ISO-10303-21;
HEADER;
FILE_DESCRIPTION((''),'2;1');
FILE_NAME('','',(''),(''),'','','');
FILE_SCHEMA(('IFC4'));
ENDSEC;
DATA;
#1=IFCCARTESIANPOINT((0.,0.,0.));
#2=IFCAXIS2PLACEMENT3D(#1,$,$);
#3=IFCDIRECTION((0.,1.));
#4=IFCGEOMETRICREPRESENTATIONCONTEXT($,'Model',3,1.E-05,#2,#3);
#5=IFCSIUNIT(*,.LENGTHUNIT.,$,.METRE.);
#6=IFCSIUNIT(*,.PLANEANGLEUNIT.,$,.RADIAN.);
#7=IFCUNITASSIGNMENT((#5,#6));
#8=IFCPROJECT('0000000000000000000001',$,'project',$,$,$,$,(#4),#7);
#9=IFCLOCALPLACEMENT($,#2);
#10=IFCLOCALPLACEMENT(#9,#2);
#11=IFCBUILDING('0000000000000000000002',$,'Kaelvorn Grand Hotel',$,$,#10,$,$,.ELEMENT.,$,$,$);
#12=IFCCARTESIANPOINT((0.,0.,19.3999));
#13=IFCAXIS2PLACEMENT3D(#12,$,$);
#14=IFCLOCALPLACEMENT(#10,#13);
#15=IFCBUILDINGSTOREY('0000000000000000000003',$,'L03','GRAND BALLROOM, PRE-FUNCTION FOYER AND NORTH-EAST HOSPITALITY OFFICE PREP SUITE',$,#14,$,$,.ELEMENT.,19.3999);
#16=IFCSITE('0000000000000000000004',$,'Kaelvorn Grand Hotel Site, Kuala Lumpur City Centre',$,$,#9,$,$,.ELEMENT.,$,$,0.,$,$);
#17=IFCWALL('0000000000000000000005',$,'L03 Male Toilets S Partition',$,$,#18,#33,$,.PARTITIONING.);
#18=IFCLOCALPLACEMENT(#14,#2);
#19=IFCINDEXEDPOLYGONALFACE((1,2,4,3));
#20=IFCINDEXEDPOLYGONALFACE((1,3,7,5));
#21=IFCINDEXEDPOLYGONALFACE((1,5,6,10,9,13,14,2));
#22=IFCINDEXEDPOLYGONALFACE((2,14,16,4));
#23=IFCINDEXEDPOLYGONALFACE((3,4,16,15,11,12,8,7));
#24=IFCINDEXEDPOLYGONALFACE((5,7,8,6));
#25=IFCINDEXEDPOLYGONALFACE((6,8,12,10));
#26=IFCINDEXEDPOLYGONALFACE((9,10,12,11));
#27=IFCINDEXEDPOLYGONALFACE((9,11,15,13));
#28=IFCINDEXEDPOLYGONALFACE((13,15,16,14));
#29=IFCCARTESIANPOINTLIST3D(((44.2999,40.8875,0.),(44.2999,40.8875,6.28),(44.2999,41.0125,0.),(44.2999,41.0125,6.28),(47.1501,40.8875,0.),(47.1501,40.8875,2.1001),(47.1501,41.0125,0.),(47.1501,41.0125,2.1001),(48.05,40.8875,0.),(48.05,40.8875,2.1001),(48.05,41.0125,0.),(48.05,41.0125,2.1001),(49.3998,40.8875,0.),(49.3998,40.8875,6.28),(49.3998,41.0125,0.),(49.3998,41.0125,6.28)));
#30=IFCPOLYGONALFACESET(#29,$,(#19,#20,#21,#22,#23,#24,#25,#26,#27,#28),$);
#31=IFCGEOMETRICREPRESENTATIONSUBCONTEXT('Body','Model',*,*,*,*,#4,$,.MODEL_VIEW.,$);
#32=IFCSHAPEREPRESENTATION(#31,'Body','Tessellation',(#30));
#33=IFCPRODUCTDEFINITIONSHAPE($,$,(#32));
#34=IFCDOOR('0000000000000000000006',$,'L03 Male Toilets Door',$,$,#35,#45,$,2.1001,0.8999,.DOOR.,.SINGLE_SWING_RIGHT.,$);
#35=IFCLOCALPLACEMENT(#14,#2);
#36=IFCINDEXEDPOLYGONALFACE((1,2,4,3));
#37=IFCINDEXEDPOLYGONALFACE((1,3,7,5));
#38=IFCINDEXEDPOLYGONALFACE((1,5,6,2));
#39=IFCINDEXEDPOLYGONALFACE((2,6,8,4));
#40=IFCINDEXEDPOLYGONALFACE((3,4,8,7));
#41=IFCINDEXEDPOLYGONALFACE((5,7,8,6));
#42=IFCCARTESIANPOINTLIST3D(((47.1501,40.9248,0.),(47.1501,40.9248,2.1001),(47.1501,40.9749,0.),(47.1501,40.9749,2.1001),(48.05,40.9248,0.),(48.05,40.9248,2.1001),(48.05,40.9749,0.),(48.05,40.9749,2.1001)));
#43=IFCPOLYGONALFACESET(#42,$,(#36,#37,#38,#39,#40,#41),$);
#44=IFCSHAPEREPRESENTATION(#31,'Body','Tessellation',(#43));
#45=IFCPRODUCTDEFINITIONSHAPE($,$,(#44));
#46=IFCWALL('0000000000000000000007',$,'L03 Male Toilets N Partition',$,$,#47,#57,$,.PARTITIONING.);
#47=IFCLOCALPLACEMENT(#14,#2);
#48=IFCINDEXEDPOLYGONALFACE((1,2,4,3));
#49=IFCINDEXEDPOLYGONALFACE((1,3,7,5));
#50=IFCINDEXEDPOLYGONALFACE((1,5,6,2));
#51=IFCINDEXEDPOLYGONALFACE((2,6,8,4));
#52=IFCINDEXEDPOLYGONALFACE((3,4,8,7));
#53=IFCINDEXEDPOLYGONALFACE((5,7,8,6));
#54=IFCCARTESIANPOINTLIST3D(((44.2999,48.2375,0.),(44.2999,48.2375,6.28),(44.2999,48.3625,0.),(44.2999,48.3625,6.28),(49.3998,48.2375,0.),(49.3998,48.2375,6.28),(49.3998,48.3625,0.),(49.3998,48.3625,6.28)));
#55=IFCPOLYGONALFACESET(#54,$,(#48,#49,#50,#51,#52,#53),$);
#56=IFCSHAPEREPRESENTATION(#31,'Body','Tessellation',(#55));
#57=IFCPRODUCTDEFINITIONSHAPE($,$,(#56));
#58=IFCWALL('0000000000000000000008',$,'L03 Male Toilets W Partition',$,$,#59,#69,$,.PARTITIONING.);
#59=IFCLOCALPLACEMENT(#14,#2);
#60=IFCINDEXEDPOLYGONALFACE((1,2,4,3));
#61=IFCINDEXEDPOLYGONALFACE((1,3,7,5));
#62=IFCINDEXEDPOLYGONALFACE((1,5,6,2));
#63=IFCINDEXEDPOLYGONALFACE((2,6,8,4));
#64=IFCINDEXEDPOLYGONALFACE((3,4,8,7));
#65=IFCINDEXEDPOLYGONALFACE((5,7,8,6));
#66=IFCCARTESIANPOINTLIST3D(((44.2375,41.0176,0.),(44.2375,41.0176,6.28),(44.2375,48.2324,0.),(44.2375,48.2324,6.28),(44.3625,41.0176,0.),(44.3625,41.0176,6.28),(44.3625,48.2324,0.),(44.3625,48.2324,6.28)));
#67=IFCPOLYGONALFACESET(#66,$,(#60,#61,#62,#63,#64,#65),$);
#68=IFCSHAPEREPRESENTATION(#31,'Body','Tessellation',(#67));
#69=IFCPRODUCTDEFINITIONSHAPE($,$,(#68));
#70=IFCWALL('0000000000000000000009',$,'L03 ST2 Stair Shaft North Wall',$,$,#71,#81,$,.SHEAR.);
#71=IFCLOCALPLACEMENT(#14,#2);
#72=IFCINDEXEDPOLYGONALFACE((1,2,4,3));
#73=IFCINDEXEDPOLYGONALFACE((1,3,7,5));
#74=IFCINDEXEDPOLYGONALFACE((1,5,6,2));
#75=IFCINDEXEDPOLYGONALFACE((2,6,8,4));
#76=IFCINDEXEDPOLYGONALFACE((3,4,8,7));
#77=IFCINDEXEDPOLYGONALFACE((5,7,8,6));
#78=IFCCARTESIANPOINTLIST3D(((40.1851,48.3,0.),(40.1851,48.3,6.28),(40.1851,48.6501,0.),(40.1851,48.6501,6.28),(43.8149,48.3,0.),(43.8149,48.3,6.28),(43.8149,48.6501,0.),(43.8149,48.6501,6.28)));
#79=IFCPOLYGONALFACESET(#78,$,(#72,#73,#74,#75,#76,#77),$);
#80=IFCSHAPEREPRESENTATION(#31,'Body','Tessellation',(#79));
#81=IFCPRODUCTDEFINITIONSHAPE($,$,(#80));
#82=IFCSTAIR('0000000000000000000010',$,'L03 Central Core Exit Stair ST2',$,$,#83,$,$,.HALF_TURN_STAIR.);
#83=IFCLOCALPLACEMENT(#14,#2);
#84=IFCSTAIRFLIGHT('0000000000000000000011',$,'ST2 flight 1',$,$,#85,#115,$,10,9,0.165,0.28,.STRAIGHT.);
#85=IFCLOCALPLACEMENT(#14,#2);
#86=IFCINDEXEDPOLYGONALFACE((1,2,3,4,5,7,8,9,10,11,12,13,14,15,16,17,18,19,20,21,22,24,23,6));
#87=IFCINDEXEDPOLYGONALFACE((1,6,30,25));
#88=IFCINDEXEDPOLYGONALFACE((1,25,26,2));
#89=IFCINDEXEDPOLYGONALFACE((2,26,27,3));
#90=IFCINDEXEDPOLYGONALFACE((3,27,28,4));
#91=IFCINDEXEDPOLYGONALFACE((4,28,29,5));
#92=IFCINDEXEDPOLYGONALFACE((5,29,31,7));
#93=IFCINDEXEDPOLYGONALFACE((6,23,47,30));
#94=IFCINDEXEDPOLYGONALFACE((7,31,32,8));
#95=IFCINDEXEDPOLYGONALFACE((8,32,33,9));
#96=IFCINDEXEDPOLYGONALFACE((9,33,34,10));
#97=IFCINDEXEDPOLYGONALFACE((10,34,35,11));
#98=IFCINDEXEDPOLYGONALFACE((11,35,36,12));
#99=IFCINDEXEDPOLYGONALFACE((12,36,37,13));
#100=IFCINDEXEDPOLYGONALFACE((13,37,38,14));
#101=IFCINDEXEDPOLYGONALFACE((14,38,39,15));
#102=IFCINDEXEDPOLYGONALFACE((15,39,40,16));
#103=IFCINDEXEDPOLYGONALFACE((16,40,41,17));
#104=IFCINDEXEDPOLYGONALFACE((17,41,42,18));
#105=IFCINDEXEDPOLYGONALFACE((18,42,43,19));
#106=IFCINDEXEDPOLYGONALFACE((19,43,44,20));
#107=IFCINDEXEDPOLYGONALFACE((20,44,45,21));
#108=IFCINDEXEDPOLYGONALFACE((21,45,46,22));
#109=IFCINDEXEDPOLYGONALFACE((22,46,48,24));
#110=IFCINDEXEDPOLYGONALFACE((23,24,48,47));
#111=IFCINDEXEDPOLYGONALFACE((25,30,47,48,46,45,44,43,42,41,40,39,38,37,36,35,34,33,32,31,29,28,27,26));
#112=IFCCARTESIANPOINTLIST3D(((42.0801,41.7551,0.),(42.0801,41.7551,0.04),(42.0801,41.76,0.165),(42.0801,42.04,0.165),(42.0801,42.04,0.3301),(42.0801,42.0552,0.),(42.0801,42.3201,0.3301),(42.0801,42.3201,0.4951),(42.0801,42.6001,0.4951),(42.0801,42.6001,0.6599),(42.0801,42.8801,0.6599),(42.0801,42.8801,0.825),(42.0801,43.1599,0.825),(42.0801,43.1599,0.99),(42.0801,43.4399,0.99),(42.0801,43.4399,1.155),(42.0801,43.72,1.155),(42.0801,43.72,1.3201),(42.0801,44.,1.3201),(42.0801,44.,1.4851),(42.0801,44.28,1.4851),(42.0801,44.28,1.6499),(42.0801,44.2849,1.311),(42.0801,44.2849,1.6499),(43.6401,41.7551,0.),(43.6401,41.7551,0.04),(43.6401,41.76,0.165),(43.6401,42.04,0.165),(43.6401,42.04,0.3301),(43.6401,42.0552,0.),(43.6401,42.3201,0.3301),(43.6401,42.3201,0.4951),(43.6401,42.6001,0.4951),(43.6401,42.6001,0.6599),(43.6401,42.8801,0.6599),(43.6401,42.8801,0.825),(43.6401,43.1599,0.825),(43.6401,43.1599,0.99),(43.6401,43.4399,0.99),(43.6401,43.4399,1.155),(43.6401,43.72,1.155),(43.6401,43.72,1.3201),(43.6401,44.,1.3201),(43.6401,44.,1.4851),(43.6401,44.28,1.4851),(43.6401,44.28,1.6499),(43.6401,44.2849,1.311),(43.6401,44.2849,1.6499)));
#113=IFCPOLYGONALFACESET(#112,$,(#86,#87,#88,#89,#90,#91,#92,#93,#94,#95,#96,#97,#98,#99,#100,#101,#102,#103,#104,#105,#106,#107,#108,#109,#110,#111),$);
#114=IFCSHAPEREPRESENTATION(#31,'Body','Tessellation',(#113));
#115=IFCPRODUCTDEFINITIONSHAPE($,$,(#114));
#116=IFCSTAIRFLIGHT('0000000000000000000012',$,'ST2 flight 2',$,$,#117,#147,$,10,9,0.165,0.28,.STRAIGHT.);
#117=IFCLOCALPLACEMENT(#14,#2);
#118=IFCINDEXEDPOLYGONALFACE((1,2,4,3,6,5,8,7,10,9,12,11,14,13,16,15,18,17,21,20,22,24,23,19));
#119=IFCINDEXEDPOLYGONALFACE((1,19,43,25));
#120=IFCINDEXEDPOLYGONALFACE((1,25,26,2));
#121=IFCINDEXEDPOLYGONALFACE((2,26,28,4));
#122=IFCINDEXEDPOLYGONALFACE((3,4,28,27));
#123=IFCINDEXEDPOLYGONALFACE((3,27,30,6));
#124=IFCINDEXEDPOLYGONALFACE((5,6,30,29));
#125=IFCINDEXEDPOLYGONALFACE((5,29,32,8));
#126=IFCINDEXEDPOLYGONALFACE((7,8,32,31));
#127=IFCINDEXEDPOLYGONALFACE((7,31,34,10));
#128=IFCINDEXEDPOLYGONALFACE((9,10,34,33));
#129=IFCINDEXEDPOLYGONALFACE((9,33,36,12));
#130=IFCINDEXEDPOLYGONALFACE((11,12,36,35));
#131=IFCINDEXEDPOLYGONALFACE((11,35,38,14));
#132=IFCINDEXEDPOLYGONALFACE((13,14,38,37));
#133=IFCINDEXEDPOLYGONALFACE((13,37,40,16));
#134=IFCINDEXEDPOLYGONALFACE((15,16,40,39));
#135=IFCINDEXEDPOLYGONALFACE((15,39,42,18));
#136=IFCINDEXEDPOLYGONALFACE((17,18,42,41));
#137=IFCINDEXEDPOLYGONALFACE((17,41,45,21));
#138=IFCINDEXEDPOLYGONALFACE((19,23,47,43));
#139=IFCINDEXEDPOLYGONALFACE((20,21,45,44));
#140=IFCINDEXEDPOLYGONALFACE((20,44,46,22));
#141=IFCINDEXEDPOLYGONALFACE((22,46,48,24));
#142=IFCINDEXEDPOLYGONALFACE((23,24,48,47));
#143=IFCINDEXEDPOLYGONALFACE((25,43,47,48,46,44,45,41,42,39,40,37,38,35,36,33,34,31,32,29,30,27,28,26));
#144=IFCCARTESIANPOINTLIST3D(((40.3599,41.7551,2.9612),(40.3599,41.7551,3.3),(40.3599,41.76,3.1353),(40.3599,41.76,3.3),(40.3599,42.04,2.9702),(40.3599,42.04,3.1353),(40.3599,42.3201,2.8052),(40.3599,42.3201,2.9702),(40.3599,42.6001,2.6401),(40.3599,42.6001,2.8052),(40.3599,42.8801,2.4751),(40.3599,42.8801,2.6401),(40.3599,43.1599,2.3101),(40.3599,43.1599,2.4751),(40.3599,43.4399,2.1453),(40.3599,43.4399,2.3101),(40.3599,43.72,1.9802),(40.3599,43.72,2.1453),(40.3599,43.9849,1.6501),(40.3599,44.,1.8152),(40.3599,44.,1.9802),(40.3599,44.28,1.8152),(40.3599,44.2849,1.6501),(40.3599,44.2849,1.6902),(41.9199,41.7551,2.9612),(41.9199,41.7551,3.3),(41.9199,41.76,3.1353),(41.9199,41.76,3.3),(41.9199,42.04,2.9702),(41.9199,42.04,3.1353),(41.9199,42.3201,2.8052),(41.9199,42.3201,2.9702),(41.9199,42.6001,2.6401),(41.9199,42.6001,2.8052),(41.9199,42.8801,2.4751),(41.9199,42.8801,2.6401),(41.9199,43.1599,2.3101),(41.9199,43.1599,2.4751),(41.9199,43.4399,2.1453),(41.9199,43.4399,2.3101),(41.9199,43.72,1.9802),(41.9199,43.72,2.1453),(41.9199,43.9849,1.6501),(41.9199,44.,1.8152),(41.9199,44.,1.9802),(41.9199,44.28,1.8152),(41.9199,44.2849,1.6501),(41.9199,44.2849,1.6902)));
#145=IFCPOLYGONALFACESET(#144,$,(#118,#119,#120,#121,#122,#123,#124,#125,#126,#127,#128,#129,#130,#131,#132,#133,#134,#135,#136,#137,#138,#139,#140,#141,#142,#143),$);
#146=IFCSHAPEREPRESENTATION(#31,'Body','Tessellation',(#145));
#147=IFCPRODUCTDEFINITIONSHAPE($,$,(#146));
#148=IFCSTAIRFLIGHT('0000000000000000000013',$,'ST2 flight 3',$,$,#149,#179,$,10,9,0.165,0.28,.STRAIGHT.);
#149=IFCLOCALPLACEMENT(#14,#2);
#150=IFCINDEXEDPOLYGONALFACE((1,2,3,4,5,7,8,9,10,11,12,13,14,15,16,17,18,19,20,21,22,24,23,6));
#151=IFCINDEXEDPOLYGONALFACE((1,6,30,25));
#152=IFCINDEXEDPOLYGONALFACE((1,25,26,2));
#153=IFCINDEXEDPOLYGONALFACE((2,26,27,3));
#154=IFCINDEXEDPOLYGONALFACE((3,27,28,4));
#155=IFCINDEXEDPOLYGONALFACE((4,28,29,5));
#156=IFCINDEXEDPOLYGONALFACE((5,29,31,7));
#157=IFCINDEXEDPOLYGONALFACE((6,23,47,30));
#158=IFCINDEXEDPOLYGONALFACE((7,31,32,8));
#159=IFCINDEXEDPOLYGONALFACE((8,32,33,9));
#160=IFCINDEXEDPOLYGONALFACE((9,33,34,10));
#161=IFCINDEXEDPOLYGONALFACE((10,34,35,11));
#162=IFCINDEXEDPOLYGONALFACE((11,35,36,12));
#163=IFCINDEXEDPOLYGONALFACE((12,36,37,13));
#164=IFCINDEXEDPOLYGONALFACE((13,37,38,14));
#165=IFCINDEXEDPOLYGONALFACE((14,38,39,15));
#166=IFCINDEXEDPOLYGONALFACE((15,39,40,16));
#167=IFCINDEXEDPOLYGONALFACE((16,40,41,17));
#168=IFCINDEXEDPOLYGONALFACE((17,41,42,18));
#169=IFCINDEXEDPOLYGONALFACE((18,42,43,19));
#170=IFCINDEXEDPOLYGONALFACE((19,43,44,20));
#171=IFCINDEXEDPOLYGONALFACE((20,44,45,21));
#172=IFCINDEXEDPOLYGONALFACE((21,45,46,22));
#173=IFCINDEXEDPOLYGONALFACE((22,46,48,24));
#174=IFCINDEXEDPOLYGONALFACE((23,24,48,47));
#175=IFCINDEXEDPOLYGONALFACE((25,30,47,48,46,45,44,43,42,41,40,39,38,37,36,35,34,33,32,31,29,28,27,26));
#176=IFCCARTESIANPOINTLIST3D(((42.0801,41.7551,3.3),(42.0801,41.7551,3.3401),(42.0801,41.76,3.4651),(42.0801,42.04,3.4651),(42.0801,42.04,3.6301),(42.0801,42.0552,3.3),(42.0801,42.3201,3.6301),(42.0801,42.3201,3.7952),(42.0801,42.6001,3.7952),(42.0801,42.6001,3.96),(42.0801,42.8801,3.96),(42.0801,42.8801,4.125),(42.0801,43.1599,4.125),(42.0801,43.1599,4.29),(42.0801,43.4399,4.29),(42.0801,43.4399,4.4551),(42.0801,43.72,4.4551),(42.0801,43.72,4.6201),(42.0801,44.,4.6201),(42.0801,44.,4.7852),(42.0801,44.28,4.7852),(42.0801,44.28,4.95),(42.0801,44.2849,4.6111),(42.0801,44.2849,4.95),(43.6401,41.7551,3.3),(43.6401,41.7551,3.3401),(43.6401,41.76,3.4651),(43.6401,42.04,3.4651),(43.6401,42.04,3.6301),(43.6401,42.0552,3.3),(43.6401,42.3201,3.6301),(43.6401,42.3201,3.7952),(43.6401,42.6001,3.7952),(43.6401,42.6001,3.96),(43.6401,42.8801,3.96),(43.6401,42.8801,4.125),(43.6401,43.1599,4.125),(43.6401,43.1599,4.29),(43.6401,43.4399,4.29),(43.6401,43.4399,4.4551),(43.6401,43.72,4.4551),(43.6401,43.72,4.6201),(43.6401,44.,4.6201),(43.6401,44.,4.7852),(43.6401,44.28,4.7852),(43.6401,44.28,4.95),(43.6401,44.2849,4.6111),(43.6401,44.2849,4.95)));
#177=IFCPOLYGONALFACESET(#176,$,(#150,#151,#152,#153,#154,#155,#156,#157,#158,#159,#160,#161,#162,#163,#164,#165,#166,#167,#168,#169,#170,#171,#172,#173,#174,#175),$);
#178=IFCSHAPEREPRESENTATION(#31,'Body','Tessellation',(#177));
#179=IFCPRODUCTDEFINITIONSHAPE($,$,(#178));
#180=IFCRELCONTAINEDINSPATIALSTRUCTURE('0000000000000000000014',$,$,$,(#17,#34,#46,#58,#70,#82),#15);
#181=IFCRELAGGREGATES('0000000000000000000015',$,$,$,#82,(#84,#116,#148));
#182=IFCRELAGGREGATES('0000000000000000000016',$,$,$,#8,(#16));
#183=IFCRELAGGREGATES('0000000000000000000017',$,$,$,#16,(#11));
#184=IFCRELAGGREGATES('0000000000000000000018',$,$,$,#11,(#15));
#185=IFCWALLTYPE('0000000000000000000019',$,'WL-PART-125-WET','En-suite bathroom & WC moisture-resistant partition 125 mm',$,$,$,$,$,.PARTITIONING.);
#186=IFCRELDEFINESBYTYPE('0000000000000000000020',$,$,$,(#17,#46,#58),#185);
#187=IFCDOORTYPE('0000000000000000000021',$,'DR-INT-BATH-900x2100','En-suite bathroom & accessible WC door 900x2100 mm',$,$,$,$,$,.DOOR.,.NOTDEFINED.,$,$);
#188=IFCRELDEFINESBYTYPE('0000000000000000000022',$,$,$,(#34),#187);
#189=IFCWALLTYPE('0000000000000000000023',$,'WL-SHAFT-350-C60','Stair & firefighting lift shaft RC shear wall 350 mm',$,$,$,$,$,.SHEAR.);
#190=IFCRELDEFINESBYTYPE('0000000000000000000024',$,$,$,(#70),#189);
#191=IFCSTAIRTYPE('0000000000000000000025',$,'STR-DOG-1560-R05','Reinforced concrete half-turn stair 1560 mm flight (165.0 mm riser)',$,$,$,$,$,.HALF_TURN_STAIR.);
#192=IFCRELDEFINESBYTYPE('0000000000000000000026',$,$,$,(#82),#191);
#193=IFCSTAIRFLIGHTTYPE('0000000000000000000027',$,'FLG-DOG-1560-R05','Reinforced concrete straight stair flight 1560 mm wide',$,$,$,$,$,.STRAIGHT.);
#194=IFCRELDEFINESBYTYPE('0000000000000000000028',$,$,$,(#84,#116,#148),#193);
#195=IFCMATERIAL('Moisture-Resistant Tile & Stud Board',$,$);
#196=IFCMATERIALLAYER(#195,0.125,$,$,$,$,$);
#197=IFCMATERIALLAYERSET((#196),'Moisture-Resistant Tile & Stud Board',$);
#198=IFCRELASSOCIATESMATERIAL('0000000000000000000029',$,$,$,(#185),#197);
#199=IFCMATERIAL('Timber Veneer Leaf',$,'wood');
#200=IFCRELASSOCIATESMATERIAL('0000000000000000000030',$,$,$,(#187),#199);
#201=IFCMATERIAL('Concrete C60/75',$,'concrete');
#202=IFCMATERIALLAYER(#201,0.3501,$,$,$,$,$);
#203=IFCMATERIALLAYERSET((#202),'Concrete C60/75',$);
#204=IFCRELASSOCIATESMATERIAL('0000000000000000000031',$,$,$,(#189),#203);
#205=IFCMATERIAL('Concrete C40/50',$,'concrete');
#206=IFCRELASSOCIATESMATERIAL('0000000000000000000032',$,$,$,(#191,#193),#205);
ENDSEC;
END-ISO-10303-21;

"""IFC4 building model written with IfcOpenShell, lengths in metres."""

from ifc_helpers import new_model, si_unit, direction, frame, frame_2d, origin, place, context, subcontext, project, spatial, polyline, rectangle, outline, extrude, material, layer, layer_set, type_object, element, fill, aggregate, save


model = new_model("IFC4")

# Units and contexts
model_context = context("Model", 3, precision=1e-05, world=origin(), true_north=direction((0.0, 1.0)))
body_context = subcontext(model_context, "Body", "Model", "MODEL_VIEW")
ifc_project = project(units=[si_unit("LENGTHUNIT", "METRE"), si_unit("PLANEANGLEUNIT", "RADIAN")], contexts=[model_context])

# Site, building, storey
site_placement = place(None, origin())
site = spatial("IfcSite", under=ifc_project, at=site_placement, Name="Kaelvorn Grand Hotel Site, Kuala Lumpur City Centre", CompositionType="ELEMENT", RefElevation=0.0)
building_placement = place(site_placement, origin())
building = spatial("IfcBuilding", under=site, at=building_placement, Name="Kaelvorn Grand Hotel", CompositionType="ELEMENT")
storey_placement = place(building_placement, frame((0.0, 0.0, 19.3999)))
storey = spatial("IfcBuildingStorey", under=building, at=storey_placement, Name="L03", Description="GRAND BALLROOM, PRE-FUNCTION FOYER AND NORTH-EAST HOSPITALITY OFFICE PREP SUITE", CompositionType="ELEMENT", Elevation=19.3999)

# Wall, opening, door
ifc_material_1 = material(Name="Moisture-Resistant Tile & Stud Board")
ifc_layer_1 = layer(ifc_material_1, 0.125)
ifc_layer_set_1 = layer_set([ifc_layer_1], Name="Moisture-Resistant Tile & Stud Board")
wall_type_1 = type_object("IfcWallType", Name="WL-PART-125-WET", Description="En-suite bathroom & WC moisture-resistant partition 125 mm", PredefinedType="PARTITIONING", material=ifc_layer_set_1)
wall_1_placement = place(storey_placement, frame((44.3, 40.95, 0.0), z_axis=(0.0, 0.0, 1.0), x_axis=(1.0, 0.0, 0.0)))
wall_1 = element("IfcWall", 1, at=wall_1_placement, inside=storey, type_object=wall_type_1, Name="L03 Male Toilets S Partition", PredefinedType="PARTITIONING", context=body_context, shape_type="SweptSolid", body=[
    extrude(rectangle(XDim=5.0999, YDim=0.125, at=frame_2d((2.5498, 0.0))), origin(), (0.0, 0.0, 1.0), 6.28),
])
opening_placement = place(wall_1_placement, frame((2.8501, 0.0, 0.0)))
opening = element("IfcOpeningElement", 2, at=opening_placement, cuts=wall_1, PredefinedType="OPENING", context=body_context, shape_type="SweptSolid", body=[
    extrude(rectangle(XDim=0.8999, YDim=2.1001, at=frame_2d((0.45, 1.05))), frame((0.0, 0.0725, 0.0), z_axis=(0.0, -1.0, 0.0), x_axis=(1.0, 0.0, 0.0)), (0.0, 0.0, 1.0), 0.145),
])
ifc_material_2 = material(Name="Timber Veneer Leaf", Category="wood")
door_type = type_object("IfcDoorType", Name="DR-INT-BATH-900x2100", Description="En-suite bathroom & accessible WC door 900x2100 mm", OperationType="NOTDEFINED", PredefinedType="DOOR", material=ifc_material_2)
door_placement = place(opening_placement, origin())
door = element("IfcDoor", 3, at=door_placement, inside=storey, type_object=door_type, Name="L03 Male Toilets Door", OperationType="SINGLE_SWING_RIGHT", OverallHeight=2.1001, OverallWidth=0.8999, PredefinedType="DOOR", context=body_context, shape_type="SweptSolid", body=[
    extrude(rectangle(XDim=0.8999, YDim=2.1001, at=frame_2d((0.45, 1.05))), frame((0.0, 0.0249, 0.0), z_axis=(0.0, -1.0, 0.0), x_axis=(1.0, 0.0, 0.0)), (0.0, 0.0, 1.0), 0.05),
])
fill(opening, door)

# Walls
wall_2_placement = place(storey_placement, frame((44.3, 48.3, 0.0), z_axis=(0.0, 0.0, 1.0), x_axis=(1.0, 0.0, 0.0)))
element("IfcWall", 4, at=wall_2_placement, inside=storey, type_object=wall_type_1, Name="L03 Male Toilets N Partition", PredefinedType="PARTITIONING", context=body_context, shape_type="SweptSolid", body=[
    extrude(rectangle(XDim=5.0999, YDim=0.125, at=frame_2d((2.5498, 0.0))), origin(), (0.0, 0.0, 1.0), 6.28),
])
wall_3_placement = place(storey_placement, frame((44.3, 41.0176, 0.0), z_axis=(0.0, 0.0, 1.0), x_axis=(0.0, 1.0, 0.0)))
element("IfcWall", 5, at=wall_3_placement, inside=storey, type_object=wall_type_1, Name="L03 Male Toilets W Partition", PredefinedType="PARTITIONING", context=body_context, shape_type="SweptSolid", body=[
    extrude(rectangle(XDim=7.2148, YDim=0.125, at=frame_2d((3.6074, 0.0))), origin(), (0.0, 0.0, 1.0), 6.28),
])
ifc_material_3 = material(Name="Concrete C60/75", Category="concrete")
ifc_layer_2 = layer(ifc_material_3, 0.3501)
ifc_layer_set_2 = layer_set([ifc_layer_2], Name="Concrete C60/75")
wall_type_2 = type_object("IfcWallType", Name="WL-SHAFT-350-C60", Description="Stair & firefighting lift shaft RC shear wall 350 mm", PredefinedType="SHEAR", material=ifc_layer_set_2)
wall_4_placement = place(storey_placement, frame((40.1851, 48.4751, 0.0), z_axis=(0.0, 0.0, 1.0), x_axis=(1.0, 0.0, 0.0)))
element("IfcWall", 6, at=wall_4_placement, inside=storey, type_object=wall_type_2, Name="L03 ST2 Stair Shaft North Wall", PredefinedType="SHEAR", context=body_context, shape_type="SweptSolid", body=[
    extrude(rectangle(XDim=3.6299, YDim=0.3501, at=frame_2d((1.8149, 0.0))), origin(), (0.0, 0.0, 1.0), 6.28),
])

# Stair, stair flights
ifc_material_4 = material(Name="Concrete C40/50", Category="concrete")
stair_type = type_object("IfcStairType", Name="STR-DOG-1560-R05", Description="Reinforced concrete half-turn stair 1560 mm flight (165.0 mm riser)", PredefinedType="HALF_TURN_STAIR", material=ifc_material_4)
stair_placement = place(storey_placement, origin())
stair = element("IfcStair", 7, at=stair_placement, inside=storey, type_object=stair_type, Name="L03 Central Core Exit Stair ST2", PredefinedType="HALF_TURN_STAIR")
stair_flight_type = type_object("IfcStairFlightType", Name="FLG-DOG-1560-R05", Description="Reinforced concrete straight stair flight 1560 mm wide", PredefinedType="STRAIGHT", material=ifc_material_4)
stair_flight_1_placement = place(storey_placement, frame((42.8601, 41.76, 0.0), z_axis=(0.0, 0.0, 1.0), x_axis=(0.0, 1.0, 0.0)))
stair_flight_1 = element("IfcStairFlight", 8, at=stair_flight_1_placement, type_object=stair_flight_type, Name="ST2 flight 1", NumberOfRisers=10, NumberOfTreads=9, PredefinedType="STRAIGHT", RiserHeight=0.165, TreadLength=0.28, context=body_context, shape_type="SweptSolid", body=[
    extrude(outline(polyline([(-0.0049, 0.0), (-0.0049, 0.04), (0.0, 0.165), (0.28, 0.165), (0.28, 0.3301), (0.5601, 0.3301), (0.5601, 0.4951), (0.8401, 0.4951), (0.8401, 0.6599), (1.1201, 0.6599), (1.1201, 0.825), (1.3999, 0.825), (1.3999, 0.99), (1.6799, 0.99), (1.6799, 1.155), (1.96, 1.155), (1.96, 1.3201), (2.24, 1.3201), (2.24, 1.4851), (2.52, 1.4851), (2.52, 1.6499), (2.5249, 1.6499), (2.5249, 1.311), (0.2952, 0.0), (-0.0049, 0.0)])), frame((0.0, 0.78, 0.0), z_axis=(0.0, -1.0, 0.0), x_axis=(1.0, 0.0, 0.0)), (0.0, 0.0, 1.0), 1.5601),
])
stair_flight_2_placement = place(storey_placement, frame((41.1399, 44.28, 1.6501), z_axis=(0.0, 0.0, 1.0), x_axis=(0.0, -1.0, 0.0)))
stair_flight_2 = element("IfcStairFlight", 9, at=stair_flight_2_placement, type_object=stair_flight_type, Name="ST2 flight 2", NumberOfRisers=10, NumberOfTreads=9, PredefinedType="STRAIGHT", RiserHeight=0.165, TreadLength=0.28, context=body_context, shape_type="SweptSolid", body=[
    extrude(outline(polyline([(-0.0049, 0.0), (-0.0049, 0.04), (0.0, 0.165), (0.28, 0.165), (0.28, 0.3301), (0.5601, 0.3301), (0.5601, 0.4951), (0.8401, 0.4951), (0.8401, 0.6599), (1.1201, 0.6599), (1.1201, 0.825), (1.3999, 0.825), (1.3999, 0.99), (1.6799, 0.99), (1.6799, 1.155), (1.96, 1.155), (1.96, 1.3201), (2.24, 1.3201), (2.24, 1.4851), (2.52, 1.4851), (2.52, 1.6499), (2.5249, 1.6499), (2.5249, 1.311), (0.2952, 0.0), (-0.0049, 0.0)])), frame((0.0, 0.78, 0.0), z_axis=(0.0, -1.0, 0.0), x_axis=(1.0, 0.0, 0.0)), (0.0, 0.0, 1.0), 1.5601),
])
stair_flight_3_placement = place(storey_placement, frame((42.8601, 41.76, 3.3), z_axis=(0.0, 0.0, 1.0), x_axis=(0.0, 1.0, 0.0)))
stair_flight_3 = element("IfcStairFlight", 10, at=stair_flight_3_placement, type_object=stair_flight_type, Name="ST2 flight 3", NumberOfRisers=10, NumberOfTreads=9, PredefinedType="STRAIGHT", RiserHeight=0.165, TreadLength=0.28, context=body_context, shape_type="SweptSolid", body=[
    extrude(outline(polyline([(-0.0049, 0.0), (-0.0049, 0.04), (0.0, 0.165), (0.28, 0.165), (0.28, 0.3301), (0.5601, 0.3301), (0.5601, 0.4951), (0.8401, 0.4951), (0.8401, 0.6599), (1.1201, 0.6599), (1.1201, 0.825), (1.3999, 0.825), (1.3999, 0.99), (1.6799, 0.99), (1.6799, 1.155), (1.96, 1.155), (1.96, 1.3201), (2.24, 1.3201), (2.24, 1.4851), (2.52, 1.4851), (2.52, 1.6499), (2.5249, 1.6499), (2.5249, 1.311), (0.2952, 0.0), (-0.0049, 0.0)])), frame((0.0, 0.78, 0.0), z_axis=(0.0, -1.0, 0.0), x_axis=(1.0, 0.0, 0.0)), (0.0, 0.0, 1.0), 1.5601),
])
aggregate(stair, [stair_flight_1, stair_flight_2, stair_flight_3])

save(model, "model.ifc")
